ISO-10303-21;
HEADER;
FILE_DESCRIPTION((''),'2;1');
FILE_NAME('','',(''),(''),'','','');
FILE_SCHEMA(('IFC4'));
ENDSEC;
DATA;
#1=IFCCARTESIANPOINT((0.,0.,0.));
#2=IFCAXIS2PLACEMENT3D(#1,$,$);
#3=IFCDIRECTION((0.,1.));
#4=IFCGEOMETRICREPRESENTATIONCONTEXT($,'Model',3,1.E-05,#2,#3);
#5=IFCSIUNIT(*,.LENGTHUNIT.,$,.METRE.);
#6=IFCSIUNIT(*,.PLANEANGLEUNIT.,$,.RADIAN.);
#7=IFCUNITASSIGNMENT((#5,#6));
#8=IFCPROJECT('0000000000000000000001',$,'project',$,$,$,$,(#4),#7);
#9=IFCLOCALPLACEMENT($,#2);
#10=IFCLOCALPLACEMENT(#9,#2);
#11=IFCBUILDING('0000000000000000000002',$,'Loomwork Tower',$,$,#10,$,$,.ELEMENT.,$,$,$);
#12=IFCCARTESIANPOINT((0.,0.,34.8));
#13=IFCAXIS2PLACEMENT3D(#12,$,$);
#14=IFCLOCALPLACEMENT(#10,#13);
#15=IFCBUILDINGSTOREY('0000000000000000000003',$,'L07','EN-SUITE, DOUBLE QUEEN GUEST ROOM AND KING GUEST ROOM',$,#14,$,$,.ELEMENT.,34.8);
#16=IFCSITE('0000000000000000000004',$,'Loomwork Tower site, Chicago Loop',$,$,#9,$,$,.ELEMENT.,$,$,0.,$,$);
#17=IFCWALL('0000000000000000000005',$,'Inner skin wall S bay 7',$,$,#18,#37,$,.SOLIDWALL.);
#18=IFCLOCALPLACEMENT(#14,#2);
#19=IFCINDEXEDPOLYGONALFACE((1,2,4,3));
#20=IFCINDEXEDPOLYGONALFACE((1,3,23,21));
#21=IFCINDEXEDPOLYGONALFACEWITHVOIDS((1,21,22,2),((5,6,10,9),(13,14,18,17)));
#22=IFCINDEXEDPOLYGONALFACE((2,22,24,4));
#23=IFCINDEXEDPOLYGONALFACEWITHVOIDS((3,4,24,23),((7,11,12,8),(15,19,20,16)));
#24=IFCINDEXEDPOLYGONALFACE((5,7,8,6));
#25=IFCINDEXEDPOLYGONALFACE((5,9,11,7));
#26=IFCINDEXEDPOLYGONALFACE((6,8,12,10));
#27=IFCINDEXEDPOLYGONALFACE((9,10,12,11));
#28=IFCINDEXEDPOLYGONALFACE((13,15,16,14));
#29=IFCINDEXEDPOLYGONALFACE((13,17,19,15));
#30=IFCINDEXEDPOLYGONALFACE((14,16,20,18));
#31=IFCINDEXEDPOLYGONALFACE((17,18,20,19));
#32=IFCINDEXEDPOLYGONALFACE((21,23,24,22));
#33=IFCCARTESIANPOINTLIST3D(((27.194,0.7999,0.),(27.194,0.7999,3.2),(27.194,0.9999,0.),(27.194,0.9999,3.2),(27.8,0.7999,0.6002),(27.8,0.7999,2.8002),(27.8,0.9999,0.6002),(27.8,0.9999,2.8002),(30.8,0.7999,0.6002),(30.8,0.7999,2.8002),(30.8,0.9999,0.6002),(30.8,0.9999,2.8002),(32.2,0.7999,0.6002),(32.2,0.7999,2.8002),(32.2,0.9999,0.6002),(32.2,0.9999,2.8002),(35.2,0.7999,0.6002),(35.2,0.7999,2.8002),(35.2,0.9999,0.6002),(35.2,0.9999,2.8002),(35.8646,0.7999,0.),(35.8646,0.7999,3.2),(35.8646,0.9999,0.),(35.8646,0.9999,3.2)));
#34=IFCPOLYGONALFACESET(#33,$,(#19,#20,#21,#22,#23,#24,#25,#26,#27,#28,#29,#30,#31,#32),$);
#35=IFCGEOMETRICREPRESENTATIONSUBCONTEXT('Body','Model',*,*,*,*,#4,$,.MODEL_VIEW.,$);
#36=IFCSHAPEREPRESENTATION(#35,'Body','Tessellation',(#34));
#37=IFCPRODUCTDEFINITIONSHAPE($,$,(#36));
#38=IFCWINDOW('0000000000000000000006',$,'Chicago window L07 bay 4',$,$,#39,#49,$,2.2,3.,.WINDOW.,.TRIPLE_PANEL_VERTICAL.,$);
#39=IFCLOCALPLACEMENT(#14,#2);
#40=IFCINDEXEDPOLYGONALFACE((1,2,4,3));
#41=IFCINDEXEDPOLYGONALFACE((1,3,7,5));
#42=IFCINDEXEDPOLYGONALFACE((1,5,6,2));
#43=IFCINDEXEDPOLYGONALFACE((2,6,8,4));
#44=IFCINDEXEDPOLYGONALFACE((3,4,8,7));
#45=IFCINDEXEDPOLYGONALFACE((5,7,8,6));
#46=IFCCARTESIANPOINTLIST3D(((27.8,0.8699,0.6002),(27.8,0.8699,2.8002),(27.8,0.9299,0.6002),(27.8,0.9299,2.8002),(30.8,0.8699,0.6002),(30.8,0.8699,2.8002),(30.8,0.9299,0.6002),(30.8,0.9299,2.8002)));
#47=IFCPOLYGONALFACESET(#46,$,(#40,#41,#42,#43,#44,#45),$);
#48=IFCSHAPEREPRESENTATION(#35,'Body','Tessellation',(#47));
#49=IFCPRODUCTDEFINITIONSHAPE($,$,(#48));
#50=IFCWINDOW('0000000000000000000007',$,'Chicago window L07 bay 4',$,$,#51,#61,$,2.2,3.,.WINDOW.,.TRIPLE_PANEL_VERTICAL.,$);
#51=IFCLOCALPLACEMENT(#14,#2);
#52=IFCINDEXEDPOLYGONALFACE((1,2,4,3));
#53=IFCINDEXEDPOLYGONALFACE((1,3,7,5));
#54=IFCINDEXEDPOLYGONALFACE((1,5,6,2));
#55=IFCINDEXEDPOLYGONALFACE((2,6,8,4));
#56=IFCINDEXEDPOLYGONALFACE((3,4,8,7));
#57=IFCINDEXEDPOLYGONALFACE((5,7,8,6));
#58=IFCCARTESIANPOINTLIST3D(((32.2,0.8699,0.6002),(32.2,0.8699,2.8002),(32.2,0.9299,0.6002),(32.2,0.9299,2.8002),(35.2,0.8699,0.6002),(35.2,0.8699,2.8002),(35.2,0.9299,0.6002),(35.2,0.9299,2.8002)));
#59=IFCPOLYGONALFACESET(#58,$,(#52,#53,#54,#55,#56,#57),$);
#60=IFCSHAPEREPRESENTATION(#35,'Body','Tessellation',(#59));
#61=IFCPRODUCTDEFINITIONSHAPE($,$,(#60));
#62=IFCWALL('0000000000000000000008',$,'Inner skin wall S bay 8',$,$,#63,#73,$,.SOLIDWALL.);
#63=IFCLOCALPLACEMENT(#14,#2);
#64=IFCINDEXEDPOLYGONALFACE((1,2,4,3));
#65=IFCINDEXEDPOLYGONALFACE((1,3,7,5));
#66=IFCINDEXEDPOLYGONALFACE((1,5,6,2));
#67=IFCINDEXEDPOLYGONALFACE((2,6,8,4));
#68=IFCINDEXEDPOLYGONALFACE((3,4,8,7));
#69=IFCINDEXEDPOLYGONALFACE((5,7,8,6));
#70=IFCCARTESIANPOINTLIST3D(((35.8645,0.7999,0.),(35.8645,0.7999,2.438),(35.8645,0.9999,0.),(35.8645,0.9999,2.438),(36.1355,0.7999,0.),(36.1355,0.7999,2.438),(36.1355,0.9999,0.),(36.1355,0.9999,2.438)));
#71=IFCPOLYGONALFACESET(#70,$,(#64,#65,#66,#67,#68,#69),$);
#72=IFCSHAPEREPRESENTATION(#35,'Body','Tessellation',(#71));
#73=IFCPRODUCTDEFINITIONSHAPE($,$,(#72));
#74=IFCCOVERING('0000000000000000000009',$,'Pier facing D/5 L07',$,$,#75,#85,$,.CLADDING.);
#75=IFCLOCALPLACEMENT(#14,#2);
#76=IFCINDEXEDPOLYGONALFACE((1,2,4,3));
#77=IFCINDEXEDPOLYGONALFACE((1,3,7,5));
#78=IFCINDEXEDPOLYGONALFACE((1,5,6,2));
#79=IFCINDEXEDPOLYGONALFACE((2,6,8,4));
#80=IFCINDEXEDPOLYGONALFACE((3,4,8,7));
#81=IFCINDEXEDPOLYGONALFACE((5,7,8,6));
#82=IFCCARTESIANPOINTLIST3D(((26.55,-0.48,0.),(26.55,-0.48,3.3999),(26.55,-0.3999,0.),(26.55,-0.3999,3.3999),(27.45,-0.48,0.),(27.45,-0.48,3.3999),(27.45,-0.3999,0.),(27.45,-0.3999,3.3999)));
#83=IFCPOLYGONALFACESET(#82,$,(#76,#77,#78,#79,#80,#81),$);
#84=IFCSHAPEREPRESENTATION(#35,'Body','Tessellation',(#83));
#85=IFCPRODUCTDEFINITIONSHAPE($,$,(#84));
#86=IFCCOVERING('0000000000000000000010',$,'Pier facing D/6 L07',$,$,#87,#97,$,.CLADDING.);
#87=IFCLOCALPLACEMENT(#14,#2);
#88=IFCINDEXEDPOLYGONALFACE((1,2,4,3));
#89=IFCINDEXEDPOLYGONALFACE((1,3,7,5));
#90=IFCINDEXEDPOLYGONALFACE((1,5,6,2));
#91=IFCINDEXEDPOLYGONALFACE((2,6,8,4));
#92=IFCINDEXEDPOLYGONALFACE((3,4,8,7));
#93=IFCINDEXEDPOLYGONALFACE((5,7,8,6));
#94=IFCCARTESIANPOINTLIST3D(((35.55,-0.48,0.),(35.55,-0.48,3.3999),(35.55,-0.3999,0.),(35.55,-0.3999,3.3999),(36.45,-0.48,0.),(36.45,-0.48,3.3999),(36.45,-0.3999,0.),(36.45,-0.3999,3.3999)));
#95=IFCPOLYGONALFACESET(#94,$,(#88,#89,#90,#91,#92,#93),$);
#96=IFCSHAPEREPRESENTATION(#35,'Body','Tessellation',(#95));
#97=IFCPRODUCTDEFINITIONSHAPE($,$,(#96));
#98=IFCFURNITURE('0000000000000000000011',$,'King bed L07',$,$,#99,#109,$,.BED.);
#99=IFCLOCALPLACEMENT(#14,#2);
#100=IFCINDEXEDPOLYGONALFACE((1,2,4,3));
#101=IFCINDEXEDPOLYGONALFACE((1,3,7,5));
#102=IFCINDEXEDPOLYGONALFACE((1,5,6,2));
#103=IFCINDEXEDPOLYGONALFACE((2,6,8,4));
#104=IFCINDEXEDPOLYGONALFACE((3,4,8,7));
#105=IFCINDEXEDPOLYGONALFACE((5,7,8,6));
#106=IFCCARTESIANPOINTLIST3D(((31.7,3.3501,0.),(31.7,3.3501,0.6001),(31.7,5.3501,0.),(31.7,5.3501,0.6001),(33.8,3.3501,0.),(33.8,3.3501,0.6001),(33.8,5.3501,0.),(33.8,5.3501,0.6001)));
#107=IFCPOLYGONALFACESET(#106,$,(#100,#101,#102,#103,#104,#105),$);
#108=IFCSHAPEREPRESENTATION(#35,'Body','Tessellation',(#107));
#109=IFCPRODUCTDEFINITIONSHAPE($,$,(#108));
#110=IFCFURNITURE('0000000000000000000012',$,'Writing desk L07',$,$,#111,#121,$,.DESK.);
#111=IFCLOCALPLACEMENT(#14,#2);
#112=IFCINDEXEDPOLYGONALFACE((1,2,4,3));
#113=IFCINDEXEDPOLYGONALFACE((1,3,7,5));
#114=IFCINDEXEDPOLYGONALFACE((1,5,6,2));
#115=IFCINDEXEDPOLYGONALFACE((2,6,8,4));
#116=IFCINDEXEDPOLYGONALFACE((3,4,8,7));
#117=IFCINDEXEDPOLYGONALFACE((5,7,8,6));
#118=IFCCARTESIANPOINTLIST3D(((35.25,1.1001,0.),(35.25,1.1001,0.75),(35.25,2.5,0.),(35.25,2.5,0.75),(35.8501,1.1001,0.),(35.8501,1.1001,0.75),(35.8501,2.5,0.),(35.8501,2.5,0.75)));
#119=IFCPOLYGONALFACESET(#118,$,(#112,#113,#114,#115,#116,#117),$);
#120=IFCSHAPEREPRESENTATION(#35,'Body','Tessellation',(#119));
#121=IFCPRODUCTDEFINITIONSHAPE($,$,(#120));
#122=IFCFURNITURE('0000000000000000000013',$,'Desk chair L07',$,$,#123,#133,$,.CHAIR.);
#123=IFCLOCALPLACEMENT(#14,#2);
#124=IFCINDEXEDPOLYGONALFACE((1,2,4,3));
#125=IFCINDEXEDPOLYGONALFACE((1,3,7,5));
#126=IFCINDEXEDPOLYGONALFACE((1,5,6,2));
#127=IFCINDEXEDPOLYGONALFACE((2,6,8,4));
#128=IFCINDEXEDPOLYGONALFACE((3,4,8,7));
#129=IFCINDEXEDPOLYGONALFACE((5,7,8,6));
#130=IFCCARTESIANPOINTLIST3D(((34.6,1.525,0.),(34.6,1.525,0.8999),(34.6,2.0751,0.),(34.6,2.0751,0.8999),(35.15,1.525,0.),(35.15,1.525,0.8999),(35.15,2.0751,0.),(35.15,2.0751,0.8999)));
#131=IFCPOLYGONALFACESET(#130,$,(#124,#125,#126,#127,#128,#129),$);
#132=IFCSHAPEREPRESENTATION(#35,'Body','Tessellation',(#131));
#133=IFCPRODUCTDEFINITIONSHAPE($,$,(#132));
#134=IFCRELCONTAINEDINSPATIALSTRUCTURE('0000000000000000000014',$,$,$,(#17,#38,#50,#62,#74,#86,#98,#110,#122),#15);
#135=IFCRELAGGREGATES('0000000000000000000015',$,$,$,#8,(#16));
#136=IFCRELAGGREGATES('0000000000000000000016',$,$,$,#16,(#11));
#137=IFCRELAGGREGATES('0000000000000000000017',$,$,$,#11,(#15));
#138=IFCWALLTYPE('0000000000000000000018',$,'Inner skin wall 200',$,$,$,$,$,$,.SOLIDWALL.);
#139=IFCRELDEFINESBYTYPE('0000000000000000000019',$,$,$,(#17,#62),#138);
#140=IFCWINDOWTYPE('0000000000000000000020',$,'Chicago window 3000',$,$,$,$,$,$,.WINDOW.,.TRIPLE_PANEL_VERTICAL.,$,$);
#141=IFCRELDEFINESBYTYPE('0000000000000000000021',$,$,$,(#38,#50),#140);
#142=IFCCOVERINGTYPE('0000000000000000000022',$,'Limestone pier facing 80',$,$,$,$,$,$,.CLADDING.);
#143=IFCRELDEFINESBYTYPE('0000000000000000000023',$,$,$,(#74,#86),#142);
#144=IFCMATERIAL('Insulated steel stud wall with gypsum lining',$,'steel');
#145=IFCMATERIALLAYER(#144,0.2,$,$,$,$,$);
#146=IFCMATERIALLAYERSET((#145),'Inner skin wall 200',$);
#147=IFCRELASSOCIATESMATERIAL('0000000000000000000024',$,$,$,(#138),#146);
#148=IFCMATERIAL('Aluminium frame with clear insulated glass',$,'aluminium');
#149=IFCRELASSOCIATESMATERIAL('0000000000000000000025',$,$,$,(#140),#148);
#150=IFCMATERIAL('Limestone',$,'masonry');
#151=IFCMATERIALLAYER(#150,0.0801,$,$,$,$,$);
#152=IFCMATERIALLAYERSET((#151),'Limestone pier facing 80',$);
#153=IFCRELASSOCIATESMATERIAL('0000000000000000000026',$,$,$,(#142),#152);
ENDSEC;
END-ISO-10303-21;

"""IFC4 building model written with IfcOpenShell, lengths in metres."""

from ifc_helpers import new_model, si_unit, direction, frame, frame_2d, origin, origin_2d, place, context, subcontext, project, spatial, rectangle, extrude, material, layer, layer_set, type_object, element, fill, save


model = new_model("IFC4")

# Units and contexts
model_context = context("Model", 3, precision=1e-05, world=origin(), true_north=direction((0.0, 1.0)))
body_context = subcontext(model_context, "Body", "Model", "MODEL_VIEW")
ifc_project = project(units=[si_unit("LENGTHUNIT", "METRE"), si_unit("PLANEANGLEUNIT", "RADIAN")], contexts=[model_context])

# Site, building, storey
site_placement = place(None, origin())
site = spatial("IfcSite", under=ifc_project, at=site_placement, Name="Loomwork Tower site, Chicago Loop", CompositionType="ELEMENT", RefElevation=0.0)
building_placement = place(site_placement, origin())
building = spatial("IfcBuilding", under=site, at=building_placement, Name="Loomwork Tower", CompositionType="ELEMENT")
storey_placement = place(building_placement, frame((0.0, 0.0, 34.8)))
storey = spatial("IfcBuildingStorey", under=building, at=storey_placement, Name="L07", Description="EN-SUITE, DOUBLE QUEEN GUEST ROOM AND KING GUEST ROOM", CompositionType="ELEMENT", Elevation=34.8)

# Shared definitions
ifc_material_1 = material(Name="Insulated steel stud wall with gypsum lining", Category="steel")
ifc_layer_1 = layer(ifc_material_1, 0.2)
ifc_layer_set_1 = layer_set([ifc_layer_1], Name="Inner skin wall 200")
wall_type = type_object("IfcWallType", Name="Inner skin wall 200", PredefinedType="SOLIDWALL", material=ifc_layer_set_1)

# Wall, openings, windows
wall_1_placement = place(storey_placement, frame((27.1938, 0.8999, 0.0), z_axis=(0.0, 0.0, 1.0), x_axis=(1.0, 0.0, 0.0)))
wall_1 = element("IfcWall", 1, at=wall_1_placement, inside=storey, type_object=wall_type, Name="Inner skin wall S bay 7", PredefinedType="SOLIDWALL", context=body_context, shape_type="SweptSolid", body=[
    extrude(rectangle(XDim=8.6707, YDim=0.2, at=frame_2d((4.3354, 0.0))), origin(), (0.0, 0.0, 1.0), 3.2),
])
opening_1_placement = place(wall_1_placement, frame((0.6062, 0.0, 0.6001)))
opening_1 = element("IfcOpeningElement", 2, at=opening_1_placement, cuts=wall_1, PredefinedType="OPENING", context=body_context, shape_type="SweptSolid", body=[
    extrude(rectangle(XDim=3.0, YDim=2.2, at=frame_2d((1.5, 1.1001))), frame((0.0, 0.1099, 0.0), z_axis=(0.0, -1.0, 0.0), x_axis=(1.0, 0.0, 0.0)), (0.0, 0.0, 1.0), 0.22),
])
opening_2_placement = place(wall_1_placement, frame((5.0061, 0.0, 0.6001)))
opening_2 = element("IfcOpeningElement", 3, at=opening_2_placement, cuts=wall_1, PredefinedType="OPENING", context=body_context, shape_type="SweptSolid", body=[
    extrude(rectangle(XDim=3.0, YDim=2.2, at=frame_2d((1.5, 1.1001))), frame((0.0, 0.1099, 0.0), z_axis=(0.0, -1.0, 0.0), x_axis=(1.0, 0.0, 0.0)), (0.0, 0.0, 1.0), 0.22),
])
ifc_material_2 = material(Name="Aluminium frame with clear insulated glass", Category="aluminium")
window_type = type_object("IfcWindowType", Name="Chicago window 3000", PartitioningType="TRIPLE_PANEL_VERTICAL", PredefinedType="WINDOW", material=ifc_material_2)
window_1_placement = place(opening_1_placement, origin())
window_1 = element("IfcWindow", 4, at=window_1_placement, inside=storey, type_object=window_type, Name="Chicago window L07 bay 4", OverallHeight=2.2, OverallWidth=3.0, PartitioningType="TRIPLE_PANEL_VERTICAL", PredefinedType="WINDOW", context=body_context, shape_type="SweptSolid", body=[
    extrude(rectangle(XDim=3.0, YDim=2.2, at=frame_2d((1.5, 1.1001))), frame((0.0, 0.03, 0.0), z_axis=(0.0, -1.0, 0.0), x_axis=(1.0, 0.0, 0.0)), (0.0, 0.0, 1.0), 0.0601),
])
fill(opening_1, window_1)
window_2_placement = place(opening_2_placement, origin())
window_2 = element("IfcWindow", 5, at=window_2_placement, inside=storey, type_object=window_type, Name="Chicago window L07 bay 4", OverallHeight=2.2, OverallWidth=3.0, PartitioningType="TRIPLE_PANEL_VERTICAL", PredefinedType="WINDOW", context=body_context, shape_type="SweptSolid", body=[
    extrude(rectangle(XDim=3.0, YDim=2.2, at=frame_2d((1.5, 1.1001))), frame((0.0, 0.03, 0.0), z_axis=(0.0, -1.0, 0.0), x_axis=(1.0, 0.0, 0.0)), (0.0, 0.0, 1.0), 0.0601),
])
fill(opening_2, window_2)

# Wall
wall_2_placement = place(storey_placement, frame((35.8645, 0.8999, 0.0), z_axis=(0.0, 0.0, 1.0), x_axis=(1.0, 0.0, 0.0)))
element("IfcWall", 6, at=wall_2_placement, inside=storey, type_object=wall_type, Name="Inner skin wall S bay 8", PredefinedType="SOLIDWALL", context=body_context, shape_type="SweptSolid", body=[
    extrude(rectangle(XDim=0.271, YDim=0.2, at=frame_2d((0.1355, 0.0))), origin(), (0.0, 0.0, 1.0), 2.438),
])

# Coverings
ifc_material_3 = material(Name="Limestone", Category="masonry")
ifc_layer_2 = layer(ifc_material_3, 0.0801)
ifc_layer_set_2 = layer_set([ifc_layer_2], Name="Limestone pier facing 80")
covering_type = type_object("IfcCoveringType", Name="Limestone pier facing 80", PredefinedType="CLADDING", material=ifc_layer_set_2)
for number, where, z_axis, x_axis, name in (
    (7, (27.0, -0.4399, 0.0), (0.0, 0.0, 1.0), (1.0, 0.0, 0.0), "Pier facing D/5 L07"),
    (8, (36.0, -0.4399, 0.0), (0.0, 0.0, 1.0), (1.0, 0.0, 0.0), "Pier facing D/6 L07"),
):
    element("IfcCovering", number, at=place(storey_placement, frame(where, z_axis=z_axis, x_axis=x_axis)), inside=storey, type_object=covering_type, Name=name, PredefinedType="CLADDING", context=body_context, shape_type="SweptSolid", body=[
        extrude(rectangle(XDim=0.8999, YDim=0.0801, at=origin_2d()), origin(), (0.0, 0.0, 1.0), 3.3999),
    ])

# Furniture
furniture_1_placement = place(storey_placement, frame((32.75, 4.3501, 0.0), z_axis=(0.0, 0.0, 1.0), x_axis=(1.0, 0.0, 0.0)))
element("IfcFurniture", 9, at=furniture_1_placement, inside=storey, Name="King bed L07", PredefinedType="BED", context=body_context, shape_type="SweptSolid", body=[
    extrude(rectangle(XDim=2.1001, YDim=2.0, at=origin_2d()), origin(), (0.0, 0.0, 1.0), 0.6001),
])
furniture_2_placement = place(storey_placement, frame((35.55, 1.8, 0.0), z_axis=(0.0, 0.0, 1.0), x_axis=(1.0, 0.0, 0.0)))
element("IfcFurniture", 10, at=furniture_2_placement, inside=storey, Name="Writing desk L07", PredefinedType="DESK", context=body_context, shape_type="SweptSolid", body=[
    extrude(rectangle(XDim=0.6001, YDim=1.3999, at=origin_2d()), origin(), (0.0, 0.0, 1.0), 0.75),
])
furniture_3_placement = place(storey_placement, frame((34.875, 1.8, 0.0), z_axis=(0.0, 0.0, 1.0), x_axis=(1.0, 0.0, 0.0)))
element("IfcFurniture", 11, at=furniture_3_placement, inside=storey, Name="Desk chair L07", PredefinedType="CHAIR", context=body_context, shape_type="SweptSolid", body=[
    extrude(rectangle(XDim=0.55, YDim=0.55, at=origin_2d()), origin(), (0.0, 0.0, 1.0), 0.8999),
])

save(model, "model.ifc")
